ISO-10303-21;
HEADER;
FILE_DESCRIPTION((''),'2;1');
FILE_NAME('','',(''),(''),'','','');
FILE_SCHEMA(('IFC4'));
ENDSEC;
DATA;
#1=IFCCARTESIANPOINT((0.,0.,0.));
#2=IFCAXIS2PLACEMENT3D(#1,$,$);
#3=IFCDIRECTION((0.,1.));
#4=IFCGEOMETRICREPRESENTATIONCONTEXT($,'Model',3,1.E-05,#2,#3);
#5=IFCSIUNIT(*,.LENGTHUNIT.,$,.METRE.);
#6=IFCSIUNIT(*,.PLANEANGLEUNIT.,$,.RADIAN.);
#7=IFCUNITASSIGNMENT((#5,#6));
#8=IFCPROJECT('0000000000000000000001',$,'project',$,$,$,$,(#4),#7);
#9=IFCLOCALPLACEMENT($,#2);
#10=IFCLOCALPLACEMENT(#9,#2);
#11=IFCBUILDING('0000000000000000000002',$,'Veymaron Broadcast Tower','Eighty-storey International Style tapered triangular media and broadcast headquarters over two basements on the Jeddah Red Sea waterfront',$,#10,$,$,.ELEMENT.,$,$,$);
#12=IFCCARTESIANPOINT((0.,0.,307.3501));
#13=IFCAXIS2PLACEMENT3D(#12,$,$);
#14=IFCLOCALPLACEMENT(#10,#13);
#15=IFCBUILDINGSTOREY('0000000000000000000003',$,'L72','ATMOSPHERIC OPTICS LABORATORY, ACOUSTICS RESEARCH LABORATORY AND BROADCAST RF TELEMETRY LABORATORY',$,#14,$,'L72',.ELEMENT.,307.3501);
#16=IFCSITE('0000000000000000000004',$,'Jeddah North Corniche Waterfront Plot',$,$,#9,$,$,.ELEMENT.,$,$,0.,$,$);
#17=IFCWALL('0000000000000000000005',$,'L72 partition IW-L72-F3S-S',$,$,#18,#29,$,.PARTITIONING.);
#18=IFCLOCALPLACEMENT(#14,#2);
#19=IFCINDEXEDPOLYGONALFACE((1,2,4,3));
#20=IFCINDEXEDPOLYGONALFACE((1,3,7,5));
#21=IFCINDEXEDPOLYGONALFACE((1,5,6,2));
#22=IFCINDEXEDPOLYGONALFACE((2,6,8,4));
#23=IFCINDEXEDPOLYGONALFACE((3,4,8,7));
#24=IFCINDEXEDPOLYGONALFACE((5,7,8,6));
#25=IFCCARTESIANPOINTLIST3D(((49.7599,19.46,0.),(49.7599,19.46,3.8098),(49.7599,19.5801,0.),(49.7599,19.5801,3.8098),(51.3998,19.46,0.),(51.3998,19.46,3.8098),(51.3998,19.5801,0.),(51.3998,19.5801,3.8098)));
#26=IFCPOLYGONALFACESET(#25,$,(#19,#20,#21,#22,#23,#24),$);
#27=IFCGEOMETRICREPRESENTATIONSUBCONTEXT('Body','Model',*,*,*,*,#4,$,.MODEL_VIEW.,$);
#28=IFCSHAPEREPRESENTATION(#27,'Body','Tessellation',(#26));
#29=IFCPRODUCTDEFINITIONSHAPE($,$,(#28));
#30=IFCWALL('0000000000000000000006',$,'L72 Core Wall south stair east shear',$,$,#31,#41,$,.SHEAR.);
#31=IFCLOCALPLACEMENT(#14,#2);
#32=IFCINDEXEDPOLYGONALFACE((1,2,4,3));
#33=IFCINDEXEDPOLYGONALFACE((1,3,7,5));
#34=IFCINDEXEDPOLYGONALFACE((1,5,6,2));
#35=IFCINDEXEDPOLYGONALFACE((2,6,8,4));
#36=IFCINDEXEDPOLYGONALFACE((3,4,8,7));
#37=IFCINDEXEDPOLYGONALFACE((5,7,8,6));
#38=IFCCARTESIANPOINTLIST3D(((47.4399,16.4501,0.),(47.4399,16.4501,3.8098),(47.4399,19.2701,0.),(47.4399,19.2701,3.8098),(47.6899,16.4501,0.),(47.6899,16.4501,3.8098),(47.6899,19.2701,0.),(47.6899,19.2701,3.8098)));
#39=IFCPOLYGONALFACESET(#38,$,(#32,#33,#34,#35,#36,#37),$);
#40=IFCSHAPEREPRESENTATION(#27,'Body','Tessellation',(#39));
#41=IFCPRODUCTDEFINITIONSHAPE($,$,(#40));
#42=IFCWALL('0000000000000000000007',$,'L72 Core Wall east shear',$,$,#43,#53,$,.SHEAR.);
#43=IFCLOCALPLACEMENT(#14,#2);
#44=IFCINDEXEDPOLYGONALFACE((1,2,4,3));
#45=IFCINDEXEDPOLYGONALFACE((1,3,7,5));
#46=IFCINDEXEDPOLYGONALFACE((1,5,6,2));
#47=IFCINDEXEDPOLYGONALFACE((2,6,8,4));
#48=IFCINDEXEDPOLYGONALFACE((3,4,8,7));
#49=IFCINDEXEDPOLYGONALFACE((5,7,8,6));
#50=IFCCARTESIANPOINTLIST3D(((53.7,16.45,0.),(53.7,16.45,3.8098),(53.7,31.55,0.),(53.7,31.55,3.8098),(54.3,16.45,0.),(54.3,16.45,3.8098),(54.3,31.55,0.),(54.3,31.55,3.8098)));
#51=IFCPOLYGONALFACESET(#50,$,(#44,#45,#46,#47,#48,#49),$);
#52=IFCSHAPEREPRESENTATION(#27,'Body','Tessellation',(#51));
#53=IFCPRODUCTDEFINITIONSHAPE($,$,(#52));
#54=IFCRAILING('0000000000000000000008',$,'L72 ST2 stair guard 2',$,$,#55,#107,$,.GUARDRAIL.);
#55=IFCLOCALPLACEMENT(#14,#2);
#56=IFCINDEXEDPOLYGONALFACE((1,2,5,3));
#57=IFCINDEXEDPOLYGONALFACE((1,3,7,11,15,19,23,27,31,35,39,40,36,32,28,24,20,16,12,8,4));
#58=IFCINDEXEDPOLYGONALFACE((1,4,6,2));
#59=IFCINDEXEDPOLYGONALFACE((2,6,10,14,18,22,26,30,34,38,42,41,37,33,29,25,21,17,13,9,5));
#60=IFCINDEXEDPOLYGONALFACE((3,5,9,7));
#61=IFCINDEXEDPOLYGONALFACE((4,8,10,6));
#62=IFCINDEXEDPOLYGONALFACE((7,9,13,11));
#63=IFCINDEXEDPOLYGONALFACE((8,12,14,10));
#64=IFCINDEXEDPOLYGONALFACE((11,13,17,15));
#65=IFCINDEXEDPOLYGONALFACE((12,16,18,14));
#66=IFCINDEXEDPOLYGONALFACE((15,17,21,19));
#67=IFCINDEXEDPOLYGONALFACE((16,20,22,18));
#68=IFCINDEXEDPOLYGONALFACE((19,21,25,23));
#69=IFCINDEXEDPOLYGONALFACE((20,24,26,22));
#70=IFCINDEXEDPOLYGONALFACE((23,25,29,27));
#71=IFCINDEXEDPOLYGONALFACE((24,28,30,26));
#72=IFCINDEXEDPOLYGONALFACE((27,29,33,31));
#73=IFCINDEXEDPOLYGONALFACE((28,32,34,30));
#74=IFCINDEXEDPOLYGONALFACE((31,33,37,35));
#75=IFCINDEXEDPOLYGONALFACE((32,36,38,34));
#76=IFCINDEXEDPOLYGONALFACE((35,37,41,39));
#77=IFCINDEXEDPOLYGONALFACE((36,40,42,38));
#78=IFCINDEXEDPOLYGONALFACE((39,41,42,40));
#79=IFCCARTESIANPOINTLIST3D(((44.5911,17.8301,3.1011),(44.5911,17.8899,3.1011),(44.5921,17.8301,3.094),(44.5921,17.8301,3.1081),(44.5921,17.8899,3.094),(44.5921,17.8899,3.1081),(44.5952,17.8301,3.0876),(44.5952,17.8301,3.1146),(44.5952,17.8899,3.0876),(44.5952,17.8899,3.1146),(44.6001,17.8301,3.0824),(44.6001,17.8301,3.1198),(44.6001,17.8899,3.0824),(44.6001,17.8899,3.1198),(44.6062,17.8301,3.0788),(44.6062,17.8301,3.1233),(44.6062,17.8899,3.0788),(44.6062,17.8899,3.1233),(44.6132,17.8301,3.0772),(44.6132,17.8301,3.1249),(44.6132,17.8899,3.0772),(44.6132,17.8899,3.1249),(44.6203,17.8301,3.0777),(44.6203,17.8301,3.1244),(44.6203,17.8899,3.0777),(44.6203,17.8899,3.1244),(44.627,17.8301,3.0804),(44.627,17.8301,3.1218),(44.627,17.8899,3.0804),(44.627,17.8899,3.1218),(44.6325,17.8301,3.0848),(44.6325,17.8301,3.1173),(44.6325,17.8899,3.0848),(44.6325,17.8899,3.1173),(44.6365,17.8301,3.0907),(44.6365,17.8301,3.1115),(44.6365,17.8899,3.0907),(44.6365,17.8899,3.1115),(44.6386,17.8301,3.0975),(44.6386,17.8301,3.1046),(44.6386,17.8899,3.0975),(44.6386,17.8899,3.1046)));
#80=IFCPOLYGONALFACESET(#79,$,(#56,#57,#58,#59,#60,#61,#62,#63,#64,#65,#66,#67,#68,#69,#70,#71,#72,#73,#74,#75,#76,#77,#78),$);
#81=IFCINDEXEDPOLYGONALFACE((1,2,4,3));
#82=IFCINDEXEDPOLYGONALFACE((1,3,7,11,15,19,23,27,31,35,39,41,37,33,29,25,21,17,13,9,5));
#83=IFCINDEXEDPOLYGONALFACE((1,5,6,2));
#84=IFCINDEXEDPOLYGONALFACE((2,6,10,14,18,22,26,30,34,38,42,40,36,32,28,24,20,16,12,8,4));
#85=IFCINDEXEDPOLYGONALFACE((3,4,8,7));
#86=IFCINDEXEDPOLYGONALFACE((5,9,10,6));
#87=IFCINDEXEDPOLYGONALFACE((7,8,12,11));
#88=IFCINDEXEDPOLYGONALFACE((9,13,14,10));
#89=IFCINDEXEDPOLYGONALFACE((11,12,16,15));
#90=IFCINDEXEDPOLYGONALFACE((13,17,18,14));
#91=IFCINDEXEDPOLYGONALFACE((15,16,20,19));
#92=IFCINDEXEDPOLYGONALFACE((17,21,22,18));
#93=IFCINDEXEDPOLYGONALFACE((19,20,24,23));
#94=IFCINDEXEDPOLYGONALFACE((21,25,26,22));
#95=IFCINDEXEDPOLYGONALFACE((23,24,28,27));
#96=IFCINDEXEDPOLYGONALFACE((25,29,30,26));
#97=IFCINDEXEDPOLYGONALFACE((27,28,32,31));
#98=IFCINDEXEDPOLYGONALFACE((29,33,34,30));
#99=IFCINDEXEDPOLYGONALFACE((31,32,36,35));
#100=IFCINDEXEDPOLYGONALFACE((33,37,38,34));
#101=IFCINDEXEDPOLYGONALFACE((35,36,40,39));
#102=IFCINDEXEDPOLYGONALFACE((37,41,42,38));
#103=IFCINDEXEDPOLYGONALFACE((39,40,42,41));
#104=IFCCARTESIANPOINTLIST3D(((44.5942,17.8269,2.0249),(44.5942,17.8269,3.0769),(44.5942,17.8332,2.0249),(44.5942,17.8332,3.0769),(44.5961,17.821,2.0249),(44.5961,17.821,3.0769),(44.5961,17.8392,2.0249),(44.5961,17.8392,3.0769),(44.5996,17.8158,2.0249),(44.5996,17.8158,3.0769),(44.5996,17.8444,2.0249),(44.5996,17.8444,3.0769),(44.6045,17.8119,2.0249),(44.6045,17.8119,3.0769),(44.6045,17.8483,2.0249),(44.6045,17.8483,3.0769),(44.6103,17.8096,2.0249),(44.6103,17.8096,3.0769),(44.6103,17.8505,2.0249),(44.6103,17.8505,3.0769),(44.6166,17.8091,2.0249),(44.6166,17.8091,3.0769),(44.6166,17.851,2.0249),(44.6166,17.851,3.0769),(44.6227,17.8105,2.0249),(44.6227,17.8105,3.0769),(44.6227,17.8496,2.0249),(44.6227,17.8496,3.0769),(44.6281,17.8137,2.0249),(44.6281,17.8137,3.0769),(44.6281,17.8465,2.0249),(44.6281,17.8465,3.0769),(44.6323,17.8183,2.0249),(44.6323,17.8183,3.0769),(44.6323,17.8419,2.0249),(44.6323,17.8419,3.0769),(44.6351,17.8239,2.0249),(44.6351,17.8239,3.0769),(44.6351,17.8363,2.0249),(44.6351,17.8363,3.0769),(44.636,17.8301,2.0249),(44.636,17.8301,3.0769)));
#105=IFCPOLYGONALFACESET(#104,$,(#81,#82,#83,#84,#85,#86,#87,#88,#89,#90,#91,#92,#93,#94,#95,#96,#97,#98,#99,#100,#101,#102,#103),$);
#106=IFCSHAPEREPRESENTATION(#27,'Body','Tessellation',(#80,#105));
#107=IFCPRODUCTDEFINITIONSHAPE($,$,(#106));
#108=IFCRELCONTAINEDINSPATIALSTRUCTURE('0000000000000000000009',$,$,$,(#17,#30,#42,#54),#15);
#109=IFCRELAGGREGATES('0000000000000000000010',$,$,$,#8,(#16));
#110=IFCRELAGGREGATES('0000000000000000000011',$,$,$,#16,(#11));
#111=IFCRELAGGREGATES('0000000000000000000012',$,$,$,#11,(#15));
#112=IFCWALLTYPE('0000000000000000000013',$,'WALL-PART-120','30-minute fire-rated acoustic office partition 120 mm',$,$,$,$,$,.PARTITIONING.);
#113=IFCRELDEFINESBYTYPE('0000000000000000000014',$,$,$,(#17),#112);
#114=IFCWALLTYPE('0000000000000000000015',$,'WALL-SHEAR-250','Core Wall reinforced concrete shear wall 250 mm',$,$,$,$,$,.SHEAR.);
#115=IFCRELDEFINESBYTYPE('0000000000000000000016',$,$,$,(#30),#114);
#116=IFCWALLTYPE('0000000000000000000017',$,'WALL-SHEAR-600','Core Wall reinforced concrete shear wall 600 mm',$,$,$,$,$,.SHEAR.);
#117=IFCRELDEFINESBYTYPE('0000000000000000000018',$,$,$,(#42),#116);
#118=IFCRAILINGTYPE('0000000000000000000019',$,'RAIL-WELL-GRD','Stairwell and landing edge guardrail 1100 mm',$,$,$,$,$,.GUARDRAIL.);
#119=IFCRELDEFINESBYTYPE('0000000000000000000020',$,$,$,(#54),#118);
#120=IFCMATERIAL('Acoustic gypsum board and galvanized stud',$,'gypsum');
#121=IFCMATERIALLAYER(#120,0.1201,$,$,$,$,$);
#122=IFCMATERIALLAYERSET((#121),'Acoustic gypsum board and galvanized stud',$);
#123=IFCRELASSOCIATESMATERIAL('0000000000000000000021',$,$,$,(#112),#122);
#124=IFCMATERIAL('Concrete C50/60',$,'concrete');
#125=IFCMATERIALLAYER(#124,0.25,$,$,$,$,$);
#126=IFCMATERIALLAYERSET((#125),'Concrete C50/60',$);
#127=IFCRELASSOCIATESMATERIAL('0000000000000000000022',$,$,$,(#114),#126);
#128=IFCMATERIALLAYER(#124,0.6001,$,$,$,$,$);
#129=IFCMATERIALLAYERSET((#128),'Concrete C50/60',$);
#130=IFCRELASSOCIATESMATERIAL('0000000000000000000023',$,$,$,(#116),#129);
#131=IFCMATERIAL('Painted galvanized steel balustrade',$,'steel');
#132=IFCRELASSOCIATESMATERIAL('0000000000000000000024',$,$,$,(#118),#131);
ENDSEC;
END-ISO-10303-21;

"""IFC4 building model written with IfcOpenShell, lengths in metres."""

from ifc_helpers import new_model, si_unit, direction, frame, frame_2d, origin, origin_2d, place, context, subcontext, project, spatial, rectangle, circle, extrude, material, layer, layer_set, type_object, element, save


model = new_model("IFC4")

# Units and contexts
model_context = context("Model", 3, precision=1e-05, world=origin(), true_north=direction((0.0, 1.0)))
body_context = subcontext(model_context, "Body", "Model", "MODEL_VIEW")
ifc_project = project(units=[si_unit("LENGTHUNIT", "METRE"), si_unit("PLANEANGLEUNIT", "RADIAN")], contexts=[model_context])

# Site, building, storey
site_placement = place(None, origin())
site = spatial("IfcSite", under=ifc_project, at=site_placement, Name="Jeddah North Corniche Waterfront Plot", CompositionType="ELEMENT", RefElevation=0.0)
building_placement = place(site_placement, origin())
building = spatial("IfcBuilding", under=site, at=building_placement, Name="Veymaron Broadcast Tower", Description="Eighty-storey International Style tapered triangular media and broadcast headquarters over two basements on the Jeddah Red Sea waterfront", CompositionType="ELEMENT")
storey_placement = place(building_placement, frame((0.0, 0.0, 307.3501)))
storey = spatial("IfcBuildingStorey", under=building, at=storey_placement, Name="L72", Description="ATMOSPHERIC OPTICS LABORATORY, ACOUSTICS RESEARCH LABORATORY AND BROADCAST RF TELEMETRY LABORATORY", LongName="L72", CompositionType="ELEMENT", Elevation=307.3501)

# Shared definitions
ifc_material_1 = material(Name="Acoustic gypsum board and galvanized stud", Category="gypsum")
ifc_layer_1 = layer(ifc_material_1, 0.1201)
ifc_layer_set_1 = layer_set([ifc_layer_1], Name="Acoustic gypsum board and galvanized stud")
wall_type_1 = type_object("IfcWallType", Name="WALL-PART-120", Description="30-minute fire-rated acoustic office partition 120 mm", PredefinedType="PARTITIONING", material=ifc_layer_set_1)

# Walls
wall_1_placement = place(storey_placement, frame((49.76, 19.52, 0.0), z_axis=(0.0, 0.0, 1.0), x_axis=(1.0, 0.0, 0.0)))
element("IfcWall", 1, at=wall_1_placement, inside=storey, type_object=wall_type_1, Name="L72 partition IW-L72-F3S-S", PredefinedType="PARTITIONING", context=body_context, shape_type="SweptSolid", body=[
    extrude(rectangle(XDim=1.6399, YDim=0.1201, at=frame_2d((0.8198, 0.0))), origin(), (0.0, 0.0, 1.0), 3.8098),
])
ifc_material_2 = material(Name="Concrete C50/60", Category="concrete")
ifc_layer_2 = layer(ifc_material_2, 0.25)
ifc_layer_set_2 = layer_set([ifc_layer_2], Name="Concrete C50/60")
wall_type_2 = type_object("IfcWallType", Name="WALL-SHEAR-250", Description="Core Wall reinforced concrete shear wall 250 mm", PredefinedType="SHEAR", material=ifc_layer_set_2)
wall_2_placement = place(storey_placement, frame((47.5649, 16.45, 0.0), z_axis=(0.0, 0.0, 1.0), x_axis=(0.0, 1.0, 0.0)))
element("IfcWall", 2, at=wall_2_placement, inside=storey, type_object=wall_type_2, Name="L72 Core Wall south stair east shear", PredefinedType="SHEAR", context=body_context, shape_type="SweptSolid", body=[
    extrude(rectangle(XDim=2.8201, YDim=0.25, at=frame_2d((1.4102, 0.0))), origin(), (0.0, 0.0, 1.0), 3.8098),
])
ifc_layer_3 = layer(ifc_material_2, 0.6001)
ifc_layer_set_3 = layer_set([ifc_layer_3], Name="Concrete C50/60")
wall_type_3 = type_object("IfcWallType", Name="WALL-SHEAR-600", Description="Core Wall reinforced concrete shear wall 600 mm", PredefinedType="SHEAR", material=ifc_layer_set_3)
wall_3_placement = place(storey_placement, frame((54.0, 16.45, 0.0), z_axis=(0.0, 0.0, 1.0), x_axis=(0.0, 1.0, 0.0)))
element("IfcWall", 3, at=wall_3_placement, inside=storey, type_object=wall_type_3, Name="L72 Core Wall east shear", PredefinedType="SHEAR", context=body_context, shape_type="SweptSolid", body=[
    extrude(rectangle(XDim=15.1001, YDim=0.6001, at=frame_2d((7.55, 0.0))), origin(), (0.0, 0.0, 1.0), 3.8098),
])

# Railing
ifc_material_3 = material(Name="Painted galvanized steel balustrade", Category="steel")
railing_type = type_object("IfcRailingType", Name="RAIL-WELL-GRD", Description="Stairwell and landing edge guardrail 1100 mm", PredefinedType="GUARDRAIL", material=ifc_material_3)
railing_placement = place(storey_placement, frame((44.615, 17.8301, 2.0249)))
element("IfcRailing", 4, at=railing_placement, inside=storey, type_object=railing_type, Name="L72 ST2 stair guard 2", PredefinedType="GUARDRAIL", context=body_context, shape_type="SweptSolid", body=[
    extrude(circle(Radius=0.0239, at=origin_2d()), frame((0.0, 0.0, 1.0762), z_axis=(0.0, 1.0, 0.0), x_axis=(-1.0, 0.0, 0.0)), (0.0, 0.0, 1.0), 0.0598),
    extrude(circle(Radius=0.021, at=origin_2d()), origin(), (0.0, 0.0, 1.0), 1.052),
])

save(model, "model.ifc")
